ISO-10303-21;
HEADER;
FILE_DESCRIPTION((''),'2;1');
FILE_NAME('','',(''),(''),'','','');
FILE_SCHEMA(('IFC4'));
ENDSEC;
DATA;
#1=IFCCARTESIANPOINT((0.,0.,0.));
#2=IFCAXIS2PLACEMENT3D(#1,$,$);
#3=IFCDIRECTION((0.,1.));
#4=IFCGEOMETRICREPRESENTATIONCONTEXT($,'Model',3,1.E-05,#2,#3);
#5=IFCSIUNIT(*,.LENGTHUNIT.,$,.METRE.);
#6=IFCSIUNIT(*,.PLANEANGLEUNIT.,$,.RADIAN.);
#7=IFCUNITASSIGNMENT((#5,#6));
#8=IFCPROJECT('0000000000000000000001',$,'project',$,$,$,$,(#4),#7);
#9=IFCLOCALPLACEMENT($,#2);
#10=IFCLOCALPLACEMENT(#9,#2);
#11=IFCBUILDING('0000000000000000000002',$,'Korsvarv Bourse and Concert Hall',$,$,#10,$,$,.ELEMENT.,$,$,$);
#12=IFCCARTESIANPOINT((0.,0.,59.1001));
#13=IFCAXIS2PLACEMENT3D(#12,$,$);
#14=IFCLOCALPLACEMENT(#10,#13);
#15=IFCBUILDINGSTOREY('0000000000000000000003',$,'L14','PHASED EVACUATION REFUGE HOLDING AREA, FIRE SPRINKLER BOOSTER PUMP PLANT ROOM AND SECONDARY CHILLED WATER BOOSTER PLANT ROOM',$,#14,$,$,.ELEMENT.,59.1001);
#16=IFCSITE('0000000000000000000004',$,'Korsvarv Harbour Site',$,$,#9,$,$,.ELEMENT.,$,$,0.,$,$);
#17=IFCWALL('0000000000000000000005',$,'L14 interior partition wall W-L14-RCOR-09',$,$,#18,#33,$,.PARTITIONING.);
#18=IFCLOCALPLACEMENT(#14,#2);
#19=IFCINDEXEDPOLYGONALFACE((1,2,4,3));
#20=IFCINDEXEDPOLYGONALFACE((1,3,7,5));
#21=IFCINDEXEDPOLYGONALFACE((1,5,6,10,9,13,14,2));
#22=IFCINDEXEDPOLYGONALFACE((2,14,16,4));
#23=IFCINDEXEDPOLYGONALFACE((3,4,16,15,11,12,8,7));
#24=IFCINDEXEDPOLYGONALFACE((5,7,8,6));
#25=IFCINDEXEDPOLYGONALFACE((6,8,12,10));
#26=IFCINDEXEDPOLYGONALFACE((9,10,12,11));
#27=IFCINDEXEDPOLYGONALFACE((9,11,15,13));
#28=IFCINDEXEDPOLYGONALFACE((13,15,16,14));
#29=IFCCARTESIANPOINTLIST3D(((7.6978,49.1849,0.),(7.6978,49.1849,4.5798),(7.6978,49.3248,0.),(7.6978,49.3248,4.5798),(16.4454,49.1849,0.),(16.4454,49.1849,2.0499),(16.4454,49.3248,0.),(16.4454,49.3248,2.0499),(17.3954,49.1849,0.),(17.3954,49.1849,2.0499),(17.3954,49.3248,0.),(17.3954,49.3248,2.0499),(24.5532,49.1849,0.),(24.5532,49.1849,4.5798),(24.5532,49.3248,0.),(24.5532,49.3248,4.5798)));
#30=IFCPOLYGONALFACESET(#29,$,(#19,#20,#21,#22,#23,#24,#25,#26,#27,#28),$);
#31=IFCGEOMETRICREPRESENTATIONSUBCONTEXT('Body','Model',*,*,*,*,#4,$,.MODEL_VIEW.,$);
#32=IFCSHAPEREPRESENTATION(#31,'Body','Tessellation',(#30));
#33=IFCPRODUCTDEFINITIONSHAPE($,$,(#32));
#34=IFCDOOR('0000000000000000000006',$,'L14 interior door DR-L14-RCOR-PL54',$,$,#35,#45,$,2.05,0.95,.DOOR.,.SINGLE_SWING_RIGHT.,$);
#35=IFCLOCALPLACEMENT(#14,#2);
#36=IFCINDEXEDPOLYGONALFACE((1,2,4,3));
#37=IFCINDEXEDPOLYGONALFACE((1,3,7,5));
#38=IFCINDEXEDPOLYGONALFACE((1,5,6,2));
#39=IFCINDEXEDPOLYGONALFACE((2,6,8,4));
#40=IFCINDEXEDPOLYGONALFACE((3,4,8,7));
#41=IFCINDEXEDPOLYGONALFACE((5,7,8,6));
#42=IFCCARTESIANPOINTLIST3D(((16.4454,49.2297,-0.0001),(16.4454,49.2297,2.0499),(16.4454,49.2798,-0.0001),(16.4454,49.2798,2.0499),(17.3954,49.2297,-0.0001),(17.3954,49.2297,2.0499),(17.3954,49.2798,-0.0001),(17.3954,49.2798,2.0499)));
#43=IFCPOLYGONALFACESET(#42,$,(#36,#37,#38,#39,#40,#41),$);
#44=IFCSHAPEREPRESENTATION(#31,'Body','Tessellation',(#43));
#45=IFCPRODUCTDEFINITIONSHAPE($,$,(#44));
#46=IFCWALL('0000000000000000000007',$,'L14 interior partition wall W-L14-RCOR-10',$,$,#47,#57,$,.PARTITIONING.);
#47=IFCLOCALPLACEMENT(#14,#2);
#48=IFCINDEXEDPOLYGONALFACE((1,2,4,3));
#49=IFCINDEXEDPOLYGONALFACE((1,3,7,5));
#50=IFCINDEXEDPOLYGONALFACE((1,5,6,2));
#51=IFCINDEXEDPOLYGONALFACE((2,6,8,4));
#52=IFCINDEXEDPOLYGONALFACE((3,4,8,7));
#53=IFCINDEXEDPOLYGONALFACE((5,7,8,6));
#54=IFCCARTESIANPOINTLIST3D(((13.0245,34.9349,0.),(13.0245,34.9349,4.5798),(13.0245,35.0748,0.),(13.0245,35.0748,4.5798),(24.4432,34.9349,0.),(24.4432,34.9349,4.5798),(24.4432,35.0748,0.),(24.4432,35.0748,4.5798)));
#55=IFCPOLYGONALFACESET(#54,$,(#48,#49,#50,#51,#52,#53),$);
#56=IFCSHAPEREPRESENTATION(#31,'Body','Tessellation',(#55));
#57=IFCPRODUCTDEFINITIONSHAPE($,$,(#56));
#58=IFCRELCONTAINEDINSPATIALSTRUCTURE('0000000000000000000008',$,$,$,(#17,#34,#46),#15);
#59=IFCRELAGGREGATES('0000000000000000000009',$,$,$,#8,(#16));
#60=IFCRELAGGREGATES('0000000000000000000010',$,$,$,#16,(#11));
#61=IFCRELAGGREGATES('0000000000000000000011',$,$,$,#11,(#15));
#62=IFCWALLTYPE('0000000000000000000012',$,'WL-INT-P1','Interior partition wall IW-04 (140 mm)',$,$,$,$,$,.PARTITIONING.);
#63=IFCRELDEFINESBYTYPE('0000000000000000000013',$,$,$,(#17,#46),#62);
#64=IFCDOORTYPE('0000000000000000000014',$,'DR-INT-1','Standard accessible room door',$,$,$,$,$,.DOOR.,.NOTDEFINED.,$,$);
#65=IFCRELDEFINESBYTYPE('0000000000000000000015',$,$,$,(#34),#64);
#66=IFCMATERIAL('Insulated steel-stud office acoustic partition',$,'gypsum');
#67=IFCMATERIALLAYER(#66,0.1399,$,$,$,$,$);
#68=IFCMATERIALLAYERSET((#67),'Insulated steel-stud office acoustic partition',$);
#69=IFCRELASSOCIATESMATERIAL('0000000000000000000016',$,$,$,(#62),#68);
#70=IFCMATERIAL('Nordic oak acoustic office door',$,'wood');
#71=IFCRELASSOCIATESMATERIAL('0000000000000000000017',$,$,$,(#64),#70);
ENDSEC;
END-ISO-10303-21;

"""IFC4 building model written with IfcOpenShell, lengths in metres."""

from ifc_helpers import new_model, si_unit, direction, frame, frame_2d, origin, place, context, subcontext, project, spatial, rectangle, extrude, material, layer, layer_set, type_object, element, fill, save


model = new_model("IFC4")

# Units and contexts
model_context = context("Model", 3, precision=1e-05, world=origin(), true_north=direction((0.0, 1.0)))
body_context = subcontext(model_context, "Body", "Model", "MODEL_VIEW")
ifc_project = project(units=[si_unit("LENGTHUNIT", "METRE"), si_unit("PLANEANGLEUNIT", "RADIAN")], contexts=[model_context])

# Site, building, storey
site_placement = place(None, origin())
site = spatial("IfcSite", under=ifc_project, at=site_placement, Name="Korsvarv Harbour Site", CompositionType="ELEMENT", RefElevation=0.0)
building_placement = place(site_placement, origin())
building = spatial("IfcBuilding", under=site, at=building_placement, Name="Korsvarv Bourse and Concert Hall", CompositionType="ELEMENT")
storey_placement = place(building_placement, frame((0.0, 0.0, 59.1001)))
storey = spatial("IfcBuildingStorey", under=building, at=storey_placement, Name="L14", Description="PHASED EVACUATION REFUGE HOLDING AREA, FIRE SPRINKLER BOOSTER PUMP PLANT ROOM AND SECONDARY CHILLED WATER BOOSTER PLANT ROOM", CompositionType="ELEMENT", Elevation=59.1001)

# Wall, opening, door
ifc_material_1 = material(Name="Insulated steel-stud office acoustic partition", Category="gypsum")
ifc_layer_1 = layer(ifc_material_1, 0.1399)
ifc_layer_set_1 = layer_set([ifc_layer_1], Name="Insulated steel-stud office acoustic partition")
wall_type_1 = type_object("IfcWallType", Name="WL-INT-P1", Description="Interior partition wall IW-04 (140 mm)", PredefinedType="PARTITIONING", material=ifc_layer_set_1)
wall_1_placement = place(storey_placement, frame((7.6978, 49.2549, 0.0), z_axis=(0.0, 0.0, 1.0), x_axis=(1.0, 0.0, 0.0)))
wall_1 = element("IfcWall", 1, at=wall_1_placement, inside=storey, type_object=wall_type_1, Name="L14 interior partition wall W-L14-RCOR-09", PredefinedType="PARTITIONING", context=body_context, shape_type="SweptSolid", body=[
    extrude(rectangle(XDim=16.8555, YDim=0.1399, at=frame_2d((8.4277, 0.0))), origin(), (0.0, 0.0, 1.0), 4.5798),
])
opening_1_placement = place(wall_1_placement, frame((8.7476, 0.0, 0.0)))
opening_1 = element("IfcOpeningElement", 2, at=opening_1_placement, cuts=wall_1, PredefinedType="OPENING", context=body_context, shape_type="SweptSolid", body=[
    extrude(rectangle(XDim=0.95, YDim=2.05, at=frame_2d((0.4751, 1.0249))), frame((0.0, 0.0801, 0.0), z_axis=(0.0, -1.0, 0.0), x_axis=(1.0, 0.0, 0.0)), (0.0, 0.0, 1.0), 0.1599),
])
ifc_material_2 = material(Name="Nordic oak acoustic office door", Category="wood")
door_type_1 = type_object("IfcDoorType", Name="DR-INT-1", Description="Standard accessible room door", OperationType="NOTDEFINED", PredefinedType="DOOR", material=ifc_material_2)
door_1_placement = place(opening_1_placement, origin())
door_1 = element("IfcDoor", 3, at=door_1_placement, inside=storey, type_object=door_type_1, Name="L14 interior door DR-L14-RCOR-PL54", OperationType="SINGLE_SWING_RIGHT", OverallHeight=2.05, OverallWidth=0.95, PredefinedType="DOOR", context=body_context, shape_type="SweptSolid", body=[
    extrude(rectangle(XDim=0.95, YDim=2.05, at=frame_2d((0.4751, 1.0249))), frame((0.0, 0.0249, 0.0), z_axis=(0.0, -1.0, 0.0), x_axis=(1.0, 0.0, 0.0)), (0.0, 0.0, 1.0), 0.05),
])
fill(opening_1, door_1)

# Wall
wall_2_placement = place(storey_placement, frame((13.0244, 35.0049, 0.0), z_axis=(0.0, 0.0, 1.0), x_axis=(1.0, 0.0, 0.0)))
element("IfcWall", 4, at=wall_2_placement, inside=storey, type_object=wall_type_1, Name="L14 interior partition wall W-L14-RCOR-10", PredefinedType="PARTITIONING", context=body_context, shape_type="SweptSolid", body=[
    extrude(rectangle(XDim=11.4187, YDim=0.1399, at=frame_2d((5.7095, 0.0))), origin(), (0.0, 0.0, 1.0), 4.5798),
])

save(model, "model.ifc")
